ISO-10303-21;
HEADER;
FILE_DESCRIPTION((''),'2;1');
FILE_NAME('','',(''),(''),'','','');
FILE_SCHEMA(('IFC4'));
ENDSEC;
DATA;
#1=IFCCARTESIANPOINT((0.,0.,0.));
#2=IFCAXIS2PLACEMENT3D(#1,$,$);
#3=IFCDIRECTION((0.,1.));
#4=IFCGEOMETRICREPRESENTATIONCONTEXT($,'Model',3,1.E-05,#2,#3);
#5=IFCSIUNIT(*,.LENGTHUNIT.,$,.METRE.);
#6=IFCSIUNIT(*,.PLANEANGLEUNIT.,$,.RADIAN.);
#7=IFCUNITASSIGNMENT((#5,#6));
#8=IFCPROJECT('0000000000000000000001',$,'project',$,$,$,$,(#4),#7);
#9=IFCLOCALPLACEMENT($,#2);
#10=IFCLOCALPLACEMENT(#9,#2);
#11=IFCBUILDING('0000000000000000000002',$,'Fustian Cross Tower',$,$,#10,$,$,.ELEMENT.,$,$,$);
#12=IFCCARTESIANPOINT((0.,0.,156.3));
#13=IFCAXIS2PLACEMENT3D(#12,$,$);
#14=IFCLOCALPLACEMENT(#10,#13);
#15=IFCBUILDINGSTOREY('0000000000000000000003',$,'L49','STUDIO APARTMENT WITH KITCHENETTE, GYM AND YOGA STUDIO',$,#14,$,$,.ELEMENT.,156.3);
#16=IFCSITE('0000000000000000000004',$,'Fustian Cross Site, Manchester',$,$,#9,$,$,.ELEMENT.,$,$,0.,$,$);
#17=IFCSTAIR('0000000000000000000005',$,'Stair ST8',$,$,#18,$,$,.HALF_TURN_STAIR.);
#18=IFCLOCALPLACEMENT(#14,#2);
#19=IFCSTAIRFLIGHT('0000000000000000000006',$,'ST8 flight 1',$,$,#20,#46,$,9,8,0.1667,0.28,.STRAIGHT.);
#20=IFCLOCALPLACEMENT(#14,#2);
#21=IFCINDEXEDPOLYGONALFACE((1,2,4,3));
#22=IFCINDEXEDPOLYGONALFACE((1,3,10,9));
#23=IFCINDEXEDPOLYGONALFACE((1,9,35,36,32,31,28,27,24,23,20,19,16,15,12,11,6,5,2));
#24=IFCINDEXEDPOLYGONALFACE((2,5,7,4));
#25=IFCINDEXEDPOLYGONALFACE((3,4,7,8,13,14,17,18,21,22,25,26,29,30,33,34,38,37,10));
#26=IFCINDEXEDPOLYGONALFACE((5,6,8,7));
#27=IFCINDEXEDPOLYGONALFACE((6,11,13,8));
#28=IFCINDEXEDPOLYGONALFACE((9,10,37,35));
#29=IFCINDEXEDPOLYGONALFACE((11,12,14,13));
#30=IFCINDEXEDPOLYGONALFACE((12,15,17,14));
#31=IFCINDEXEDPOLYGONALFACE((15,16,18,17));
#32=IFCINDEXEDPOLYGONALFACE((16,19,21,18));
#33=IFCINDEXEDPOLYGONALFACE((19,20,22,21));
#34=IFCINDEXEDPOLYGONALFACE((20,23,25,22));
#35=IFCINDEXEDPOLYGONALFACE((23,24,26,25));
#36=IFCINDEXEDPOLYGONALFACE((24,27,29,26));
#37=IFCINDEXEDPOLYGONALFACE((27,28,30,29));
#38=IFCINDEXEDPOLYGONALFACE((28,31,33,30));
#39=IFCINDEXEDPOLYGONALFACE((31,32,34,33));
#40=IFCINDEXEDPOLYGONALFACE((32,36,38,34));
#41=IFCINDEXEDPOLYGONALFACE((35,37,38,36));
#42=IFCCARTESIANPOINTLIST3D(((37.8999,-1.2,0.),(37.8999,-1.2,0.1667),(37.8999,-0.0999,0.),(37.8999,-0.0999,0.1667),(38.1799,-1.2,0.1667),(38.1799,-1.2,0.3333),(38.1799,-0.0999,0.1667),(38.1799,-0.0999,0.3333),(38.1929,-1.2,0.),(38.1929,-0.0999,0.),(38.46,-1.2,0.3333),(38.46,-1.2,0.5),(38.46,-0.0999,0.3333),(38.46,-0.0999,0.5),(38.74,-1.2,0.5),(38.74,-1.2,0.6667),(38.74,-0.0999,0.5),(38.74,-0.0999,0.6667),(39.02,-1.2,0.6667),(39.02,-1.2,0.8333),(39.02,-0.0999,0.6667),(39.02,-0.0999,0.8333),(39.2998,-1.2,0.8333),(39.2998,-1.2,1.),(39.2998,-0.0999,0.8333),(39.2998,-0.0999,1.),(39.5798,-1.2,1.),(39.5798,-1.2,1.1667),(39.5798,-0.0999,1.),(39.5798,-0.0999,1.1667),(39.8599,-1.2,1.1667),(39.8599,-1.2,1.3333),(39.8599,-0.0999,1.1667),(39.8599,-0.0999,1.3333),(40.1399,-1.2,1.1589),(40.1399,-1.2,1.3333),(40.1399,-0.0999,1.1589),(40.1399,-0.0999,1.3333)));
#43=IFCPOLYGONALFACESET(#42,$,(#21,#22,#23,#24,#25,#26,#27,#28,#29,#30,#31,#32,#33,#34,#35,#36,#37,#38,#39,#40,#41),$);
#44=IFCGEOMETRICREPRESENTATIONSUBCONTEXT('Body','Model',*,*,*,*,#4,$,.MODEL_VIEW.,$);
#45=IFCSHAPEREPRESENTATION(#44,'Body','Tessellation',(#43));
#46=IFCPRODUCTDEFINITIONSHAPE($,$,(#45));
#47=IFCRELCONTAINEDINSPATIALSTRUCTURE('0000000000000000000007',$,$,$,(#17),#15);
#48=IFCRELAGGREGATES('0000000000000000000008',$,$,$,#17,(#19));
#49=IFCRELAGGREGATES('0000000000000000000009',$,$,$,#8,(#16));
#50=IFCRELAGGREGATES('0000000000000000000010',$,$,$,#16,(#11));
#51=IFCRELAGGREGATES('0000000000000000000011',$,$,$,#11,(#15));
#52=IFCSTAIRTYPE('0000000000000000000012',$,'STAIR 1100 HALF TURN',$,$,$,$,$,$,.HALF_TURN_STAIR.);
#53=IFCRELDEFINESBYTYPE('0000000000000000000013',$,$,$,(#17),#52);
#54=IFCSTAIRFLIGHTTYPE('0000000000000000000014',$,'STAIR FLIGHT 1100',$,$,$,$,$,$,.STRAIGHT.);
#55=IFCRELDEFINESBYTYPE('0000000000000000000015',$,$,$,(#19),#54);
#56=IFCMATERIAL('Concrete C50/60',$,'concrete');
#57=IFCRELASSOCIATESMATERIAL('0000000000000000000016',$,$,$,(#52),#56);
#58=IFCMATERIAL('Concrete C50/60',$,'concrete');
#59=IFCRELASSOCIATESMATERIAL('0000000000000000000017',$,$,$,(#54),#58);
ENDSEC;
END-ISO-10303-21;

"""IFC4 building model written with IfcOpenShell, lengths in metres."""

from ifc_helpers import new_model, si_unit, direction, frame, origin, place, context, subcontext, project, spatial, polyline, outline, extrude, material, type_object, element, aggregate, save


model = new_model("IFC4")

# Units and contexts
model_context = context("Model", 3, precision=1e-05, world=origin(), true_north=direction((0.0, 1.0)))
body_context = subcontext(model_context, "Body", "Model", "MODEL_VIEW")
ifc_project = project(units=[si_unit("LENGTHUNIT", "METRE"), si_unit("PLANEANGLEUNIT", "RADIAN")], contexts=[model_context])

# Site, building, storey
site_placement = place(None, origin())
site = spatial("IfcSite", under=ifc_project, at=site_placement, Name="Fustian Cross Site, Manchester", CompositionType="ELEMENT", RefElevation=0.0)
building_placement = place(site_placement, origin())
building = spatial("IfcBuilding", under=site, at=building_placement, Name="Fustian Cross Tower", CompositionType="ELEMENT")
storey_placement = place(building_placement, frame((0.0, 0.0, 156.3)))
storey = spatial("IfcBuildingStorey", under=building, at=storey_placement, Name="L49", Description="STUDIO APARTMENT WITH KITCHENETTE, GYM AND YOGA STUDIO", CompositionType="ELEMENT", Elevation=156.3)

# Stair, stair flight
ifc_material_1 = material(Name="Concrete C50/60", Category="concrete")
stair_type = type_object("IfcStairType", Name="STAIR 1100 HALF TURN", PredefinedType="HALF_TURN_STAIR", material=ifc_material_1)
stair_placement = place(storey_placement, origin())
stair = element("IfcStair", 1, at=stair_placement, inside=storey, type_object=stair_type, Name="Stair ST8", PredefinedType="HALF_TURN_STAIR")
ifc_material_2 = material(Name="Concrete C50/60", Category="concrete")
stair_flight_type = type_object("IfcStairFlightType", Name="STAIR FLIGHT 1100", PredefinedType="STRAIGHT", material=ifc_material_2)
stair_flight_placement = place(storey_placement, frame((37.8999, -0.6499, 0.0), z_axis=(0.0, 0.0, 1.0), x_axis=(1.0, 0.0, 0.0)))
stair_flight = element("IfcStairFlight", 2, at=stair_flight_placement, type_object=stair_flight_type, Name="ST8 flight 1", NumberOfRisers=9, NumberOfTreads=8, PredefinedType="STRAIGHT", RiserHeight=0.1667, TreadLength=0.28, context=body_context, shape_type="SweptSolid", body=[
    extrude(outline(polyline([(0.0, 0.0), (0.0, 0.1667), (0.28, 0.1667), (0.28, 0.3333), (0.5601, 0.3333), (0.5601, 0.5), (0.8401, 0.5), (0.8401, 0.6667), (1.1201, 0.6667), (1.1201, 0.8333), (1.3999, 0.8333), (1.3999, 1.0), (1.6799, 1.0), (1.6799, 1.1667), (1.96, 1.1667), (1.96, 1.3333), (2.24, 1.3333), (2.24, 1.5), (2.24, 1.1589), (0.293, 0.0), (0.0, 0.0)])), frame((0.0, 0.55, 0.0), z_axis=(0.0, -1.0, 0.0), x_axis=(1.0, 0.0, 0.0)), (0.0, 0.0, 1.0), 1.1001),
])
aggregate(stair, [stair_flight])

save(model, "model.ifc")
